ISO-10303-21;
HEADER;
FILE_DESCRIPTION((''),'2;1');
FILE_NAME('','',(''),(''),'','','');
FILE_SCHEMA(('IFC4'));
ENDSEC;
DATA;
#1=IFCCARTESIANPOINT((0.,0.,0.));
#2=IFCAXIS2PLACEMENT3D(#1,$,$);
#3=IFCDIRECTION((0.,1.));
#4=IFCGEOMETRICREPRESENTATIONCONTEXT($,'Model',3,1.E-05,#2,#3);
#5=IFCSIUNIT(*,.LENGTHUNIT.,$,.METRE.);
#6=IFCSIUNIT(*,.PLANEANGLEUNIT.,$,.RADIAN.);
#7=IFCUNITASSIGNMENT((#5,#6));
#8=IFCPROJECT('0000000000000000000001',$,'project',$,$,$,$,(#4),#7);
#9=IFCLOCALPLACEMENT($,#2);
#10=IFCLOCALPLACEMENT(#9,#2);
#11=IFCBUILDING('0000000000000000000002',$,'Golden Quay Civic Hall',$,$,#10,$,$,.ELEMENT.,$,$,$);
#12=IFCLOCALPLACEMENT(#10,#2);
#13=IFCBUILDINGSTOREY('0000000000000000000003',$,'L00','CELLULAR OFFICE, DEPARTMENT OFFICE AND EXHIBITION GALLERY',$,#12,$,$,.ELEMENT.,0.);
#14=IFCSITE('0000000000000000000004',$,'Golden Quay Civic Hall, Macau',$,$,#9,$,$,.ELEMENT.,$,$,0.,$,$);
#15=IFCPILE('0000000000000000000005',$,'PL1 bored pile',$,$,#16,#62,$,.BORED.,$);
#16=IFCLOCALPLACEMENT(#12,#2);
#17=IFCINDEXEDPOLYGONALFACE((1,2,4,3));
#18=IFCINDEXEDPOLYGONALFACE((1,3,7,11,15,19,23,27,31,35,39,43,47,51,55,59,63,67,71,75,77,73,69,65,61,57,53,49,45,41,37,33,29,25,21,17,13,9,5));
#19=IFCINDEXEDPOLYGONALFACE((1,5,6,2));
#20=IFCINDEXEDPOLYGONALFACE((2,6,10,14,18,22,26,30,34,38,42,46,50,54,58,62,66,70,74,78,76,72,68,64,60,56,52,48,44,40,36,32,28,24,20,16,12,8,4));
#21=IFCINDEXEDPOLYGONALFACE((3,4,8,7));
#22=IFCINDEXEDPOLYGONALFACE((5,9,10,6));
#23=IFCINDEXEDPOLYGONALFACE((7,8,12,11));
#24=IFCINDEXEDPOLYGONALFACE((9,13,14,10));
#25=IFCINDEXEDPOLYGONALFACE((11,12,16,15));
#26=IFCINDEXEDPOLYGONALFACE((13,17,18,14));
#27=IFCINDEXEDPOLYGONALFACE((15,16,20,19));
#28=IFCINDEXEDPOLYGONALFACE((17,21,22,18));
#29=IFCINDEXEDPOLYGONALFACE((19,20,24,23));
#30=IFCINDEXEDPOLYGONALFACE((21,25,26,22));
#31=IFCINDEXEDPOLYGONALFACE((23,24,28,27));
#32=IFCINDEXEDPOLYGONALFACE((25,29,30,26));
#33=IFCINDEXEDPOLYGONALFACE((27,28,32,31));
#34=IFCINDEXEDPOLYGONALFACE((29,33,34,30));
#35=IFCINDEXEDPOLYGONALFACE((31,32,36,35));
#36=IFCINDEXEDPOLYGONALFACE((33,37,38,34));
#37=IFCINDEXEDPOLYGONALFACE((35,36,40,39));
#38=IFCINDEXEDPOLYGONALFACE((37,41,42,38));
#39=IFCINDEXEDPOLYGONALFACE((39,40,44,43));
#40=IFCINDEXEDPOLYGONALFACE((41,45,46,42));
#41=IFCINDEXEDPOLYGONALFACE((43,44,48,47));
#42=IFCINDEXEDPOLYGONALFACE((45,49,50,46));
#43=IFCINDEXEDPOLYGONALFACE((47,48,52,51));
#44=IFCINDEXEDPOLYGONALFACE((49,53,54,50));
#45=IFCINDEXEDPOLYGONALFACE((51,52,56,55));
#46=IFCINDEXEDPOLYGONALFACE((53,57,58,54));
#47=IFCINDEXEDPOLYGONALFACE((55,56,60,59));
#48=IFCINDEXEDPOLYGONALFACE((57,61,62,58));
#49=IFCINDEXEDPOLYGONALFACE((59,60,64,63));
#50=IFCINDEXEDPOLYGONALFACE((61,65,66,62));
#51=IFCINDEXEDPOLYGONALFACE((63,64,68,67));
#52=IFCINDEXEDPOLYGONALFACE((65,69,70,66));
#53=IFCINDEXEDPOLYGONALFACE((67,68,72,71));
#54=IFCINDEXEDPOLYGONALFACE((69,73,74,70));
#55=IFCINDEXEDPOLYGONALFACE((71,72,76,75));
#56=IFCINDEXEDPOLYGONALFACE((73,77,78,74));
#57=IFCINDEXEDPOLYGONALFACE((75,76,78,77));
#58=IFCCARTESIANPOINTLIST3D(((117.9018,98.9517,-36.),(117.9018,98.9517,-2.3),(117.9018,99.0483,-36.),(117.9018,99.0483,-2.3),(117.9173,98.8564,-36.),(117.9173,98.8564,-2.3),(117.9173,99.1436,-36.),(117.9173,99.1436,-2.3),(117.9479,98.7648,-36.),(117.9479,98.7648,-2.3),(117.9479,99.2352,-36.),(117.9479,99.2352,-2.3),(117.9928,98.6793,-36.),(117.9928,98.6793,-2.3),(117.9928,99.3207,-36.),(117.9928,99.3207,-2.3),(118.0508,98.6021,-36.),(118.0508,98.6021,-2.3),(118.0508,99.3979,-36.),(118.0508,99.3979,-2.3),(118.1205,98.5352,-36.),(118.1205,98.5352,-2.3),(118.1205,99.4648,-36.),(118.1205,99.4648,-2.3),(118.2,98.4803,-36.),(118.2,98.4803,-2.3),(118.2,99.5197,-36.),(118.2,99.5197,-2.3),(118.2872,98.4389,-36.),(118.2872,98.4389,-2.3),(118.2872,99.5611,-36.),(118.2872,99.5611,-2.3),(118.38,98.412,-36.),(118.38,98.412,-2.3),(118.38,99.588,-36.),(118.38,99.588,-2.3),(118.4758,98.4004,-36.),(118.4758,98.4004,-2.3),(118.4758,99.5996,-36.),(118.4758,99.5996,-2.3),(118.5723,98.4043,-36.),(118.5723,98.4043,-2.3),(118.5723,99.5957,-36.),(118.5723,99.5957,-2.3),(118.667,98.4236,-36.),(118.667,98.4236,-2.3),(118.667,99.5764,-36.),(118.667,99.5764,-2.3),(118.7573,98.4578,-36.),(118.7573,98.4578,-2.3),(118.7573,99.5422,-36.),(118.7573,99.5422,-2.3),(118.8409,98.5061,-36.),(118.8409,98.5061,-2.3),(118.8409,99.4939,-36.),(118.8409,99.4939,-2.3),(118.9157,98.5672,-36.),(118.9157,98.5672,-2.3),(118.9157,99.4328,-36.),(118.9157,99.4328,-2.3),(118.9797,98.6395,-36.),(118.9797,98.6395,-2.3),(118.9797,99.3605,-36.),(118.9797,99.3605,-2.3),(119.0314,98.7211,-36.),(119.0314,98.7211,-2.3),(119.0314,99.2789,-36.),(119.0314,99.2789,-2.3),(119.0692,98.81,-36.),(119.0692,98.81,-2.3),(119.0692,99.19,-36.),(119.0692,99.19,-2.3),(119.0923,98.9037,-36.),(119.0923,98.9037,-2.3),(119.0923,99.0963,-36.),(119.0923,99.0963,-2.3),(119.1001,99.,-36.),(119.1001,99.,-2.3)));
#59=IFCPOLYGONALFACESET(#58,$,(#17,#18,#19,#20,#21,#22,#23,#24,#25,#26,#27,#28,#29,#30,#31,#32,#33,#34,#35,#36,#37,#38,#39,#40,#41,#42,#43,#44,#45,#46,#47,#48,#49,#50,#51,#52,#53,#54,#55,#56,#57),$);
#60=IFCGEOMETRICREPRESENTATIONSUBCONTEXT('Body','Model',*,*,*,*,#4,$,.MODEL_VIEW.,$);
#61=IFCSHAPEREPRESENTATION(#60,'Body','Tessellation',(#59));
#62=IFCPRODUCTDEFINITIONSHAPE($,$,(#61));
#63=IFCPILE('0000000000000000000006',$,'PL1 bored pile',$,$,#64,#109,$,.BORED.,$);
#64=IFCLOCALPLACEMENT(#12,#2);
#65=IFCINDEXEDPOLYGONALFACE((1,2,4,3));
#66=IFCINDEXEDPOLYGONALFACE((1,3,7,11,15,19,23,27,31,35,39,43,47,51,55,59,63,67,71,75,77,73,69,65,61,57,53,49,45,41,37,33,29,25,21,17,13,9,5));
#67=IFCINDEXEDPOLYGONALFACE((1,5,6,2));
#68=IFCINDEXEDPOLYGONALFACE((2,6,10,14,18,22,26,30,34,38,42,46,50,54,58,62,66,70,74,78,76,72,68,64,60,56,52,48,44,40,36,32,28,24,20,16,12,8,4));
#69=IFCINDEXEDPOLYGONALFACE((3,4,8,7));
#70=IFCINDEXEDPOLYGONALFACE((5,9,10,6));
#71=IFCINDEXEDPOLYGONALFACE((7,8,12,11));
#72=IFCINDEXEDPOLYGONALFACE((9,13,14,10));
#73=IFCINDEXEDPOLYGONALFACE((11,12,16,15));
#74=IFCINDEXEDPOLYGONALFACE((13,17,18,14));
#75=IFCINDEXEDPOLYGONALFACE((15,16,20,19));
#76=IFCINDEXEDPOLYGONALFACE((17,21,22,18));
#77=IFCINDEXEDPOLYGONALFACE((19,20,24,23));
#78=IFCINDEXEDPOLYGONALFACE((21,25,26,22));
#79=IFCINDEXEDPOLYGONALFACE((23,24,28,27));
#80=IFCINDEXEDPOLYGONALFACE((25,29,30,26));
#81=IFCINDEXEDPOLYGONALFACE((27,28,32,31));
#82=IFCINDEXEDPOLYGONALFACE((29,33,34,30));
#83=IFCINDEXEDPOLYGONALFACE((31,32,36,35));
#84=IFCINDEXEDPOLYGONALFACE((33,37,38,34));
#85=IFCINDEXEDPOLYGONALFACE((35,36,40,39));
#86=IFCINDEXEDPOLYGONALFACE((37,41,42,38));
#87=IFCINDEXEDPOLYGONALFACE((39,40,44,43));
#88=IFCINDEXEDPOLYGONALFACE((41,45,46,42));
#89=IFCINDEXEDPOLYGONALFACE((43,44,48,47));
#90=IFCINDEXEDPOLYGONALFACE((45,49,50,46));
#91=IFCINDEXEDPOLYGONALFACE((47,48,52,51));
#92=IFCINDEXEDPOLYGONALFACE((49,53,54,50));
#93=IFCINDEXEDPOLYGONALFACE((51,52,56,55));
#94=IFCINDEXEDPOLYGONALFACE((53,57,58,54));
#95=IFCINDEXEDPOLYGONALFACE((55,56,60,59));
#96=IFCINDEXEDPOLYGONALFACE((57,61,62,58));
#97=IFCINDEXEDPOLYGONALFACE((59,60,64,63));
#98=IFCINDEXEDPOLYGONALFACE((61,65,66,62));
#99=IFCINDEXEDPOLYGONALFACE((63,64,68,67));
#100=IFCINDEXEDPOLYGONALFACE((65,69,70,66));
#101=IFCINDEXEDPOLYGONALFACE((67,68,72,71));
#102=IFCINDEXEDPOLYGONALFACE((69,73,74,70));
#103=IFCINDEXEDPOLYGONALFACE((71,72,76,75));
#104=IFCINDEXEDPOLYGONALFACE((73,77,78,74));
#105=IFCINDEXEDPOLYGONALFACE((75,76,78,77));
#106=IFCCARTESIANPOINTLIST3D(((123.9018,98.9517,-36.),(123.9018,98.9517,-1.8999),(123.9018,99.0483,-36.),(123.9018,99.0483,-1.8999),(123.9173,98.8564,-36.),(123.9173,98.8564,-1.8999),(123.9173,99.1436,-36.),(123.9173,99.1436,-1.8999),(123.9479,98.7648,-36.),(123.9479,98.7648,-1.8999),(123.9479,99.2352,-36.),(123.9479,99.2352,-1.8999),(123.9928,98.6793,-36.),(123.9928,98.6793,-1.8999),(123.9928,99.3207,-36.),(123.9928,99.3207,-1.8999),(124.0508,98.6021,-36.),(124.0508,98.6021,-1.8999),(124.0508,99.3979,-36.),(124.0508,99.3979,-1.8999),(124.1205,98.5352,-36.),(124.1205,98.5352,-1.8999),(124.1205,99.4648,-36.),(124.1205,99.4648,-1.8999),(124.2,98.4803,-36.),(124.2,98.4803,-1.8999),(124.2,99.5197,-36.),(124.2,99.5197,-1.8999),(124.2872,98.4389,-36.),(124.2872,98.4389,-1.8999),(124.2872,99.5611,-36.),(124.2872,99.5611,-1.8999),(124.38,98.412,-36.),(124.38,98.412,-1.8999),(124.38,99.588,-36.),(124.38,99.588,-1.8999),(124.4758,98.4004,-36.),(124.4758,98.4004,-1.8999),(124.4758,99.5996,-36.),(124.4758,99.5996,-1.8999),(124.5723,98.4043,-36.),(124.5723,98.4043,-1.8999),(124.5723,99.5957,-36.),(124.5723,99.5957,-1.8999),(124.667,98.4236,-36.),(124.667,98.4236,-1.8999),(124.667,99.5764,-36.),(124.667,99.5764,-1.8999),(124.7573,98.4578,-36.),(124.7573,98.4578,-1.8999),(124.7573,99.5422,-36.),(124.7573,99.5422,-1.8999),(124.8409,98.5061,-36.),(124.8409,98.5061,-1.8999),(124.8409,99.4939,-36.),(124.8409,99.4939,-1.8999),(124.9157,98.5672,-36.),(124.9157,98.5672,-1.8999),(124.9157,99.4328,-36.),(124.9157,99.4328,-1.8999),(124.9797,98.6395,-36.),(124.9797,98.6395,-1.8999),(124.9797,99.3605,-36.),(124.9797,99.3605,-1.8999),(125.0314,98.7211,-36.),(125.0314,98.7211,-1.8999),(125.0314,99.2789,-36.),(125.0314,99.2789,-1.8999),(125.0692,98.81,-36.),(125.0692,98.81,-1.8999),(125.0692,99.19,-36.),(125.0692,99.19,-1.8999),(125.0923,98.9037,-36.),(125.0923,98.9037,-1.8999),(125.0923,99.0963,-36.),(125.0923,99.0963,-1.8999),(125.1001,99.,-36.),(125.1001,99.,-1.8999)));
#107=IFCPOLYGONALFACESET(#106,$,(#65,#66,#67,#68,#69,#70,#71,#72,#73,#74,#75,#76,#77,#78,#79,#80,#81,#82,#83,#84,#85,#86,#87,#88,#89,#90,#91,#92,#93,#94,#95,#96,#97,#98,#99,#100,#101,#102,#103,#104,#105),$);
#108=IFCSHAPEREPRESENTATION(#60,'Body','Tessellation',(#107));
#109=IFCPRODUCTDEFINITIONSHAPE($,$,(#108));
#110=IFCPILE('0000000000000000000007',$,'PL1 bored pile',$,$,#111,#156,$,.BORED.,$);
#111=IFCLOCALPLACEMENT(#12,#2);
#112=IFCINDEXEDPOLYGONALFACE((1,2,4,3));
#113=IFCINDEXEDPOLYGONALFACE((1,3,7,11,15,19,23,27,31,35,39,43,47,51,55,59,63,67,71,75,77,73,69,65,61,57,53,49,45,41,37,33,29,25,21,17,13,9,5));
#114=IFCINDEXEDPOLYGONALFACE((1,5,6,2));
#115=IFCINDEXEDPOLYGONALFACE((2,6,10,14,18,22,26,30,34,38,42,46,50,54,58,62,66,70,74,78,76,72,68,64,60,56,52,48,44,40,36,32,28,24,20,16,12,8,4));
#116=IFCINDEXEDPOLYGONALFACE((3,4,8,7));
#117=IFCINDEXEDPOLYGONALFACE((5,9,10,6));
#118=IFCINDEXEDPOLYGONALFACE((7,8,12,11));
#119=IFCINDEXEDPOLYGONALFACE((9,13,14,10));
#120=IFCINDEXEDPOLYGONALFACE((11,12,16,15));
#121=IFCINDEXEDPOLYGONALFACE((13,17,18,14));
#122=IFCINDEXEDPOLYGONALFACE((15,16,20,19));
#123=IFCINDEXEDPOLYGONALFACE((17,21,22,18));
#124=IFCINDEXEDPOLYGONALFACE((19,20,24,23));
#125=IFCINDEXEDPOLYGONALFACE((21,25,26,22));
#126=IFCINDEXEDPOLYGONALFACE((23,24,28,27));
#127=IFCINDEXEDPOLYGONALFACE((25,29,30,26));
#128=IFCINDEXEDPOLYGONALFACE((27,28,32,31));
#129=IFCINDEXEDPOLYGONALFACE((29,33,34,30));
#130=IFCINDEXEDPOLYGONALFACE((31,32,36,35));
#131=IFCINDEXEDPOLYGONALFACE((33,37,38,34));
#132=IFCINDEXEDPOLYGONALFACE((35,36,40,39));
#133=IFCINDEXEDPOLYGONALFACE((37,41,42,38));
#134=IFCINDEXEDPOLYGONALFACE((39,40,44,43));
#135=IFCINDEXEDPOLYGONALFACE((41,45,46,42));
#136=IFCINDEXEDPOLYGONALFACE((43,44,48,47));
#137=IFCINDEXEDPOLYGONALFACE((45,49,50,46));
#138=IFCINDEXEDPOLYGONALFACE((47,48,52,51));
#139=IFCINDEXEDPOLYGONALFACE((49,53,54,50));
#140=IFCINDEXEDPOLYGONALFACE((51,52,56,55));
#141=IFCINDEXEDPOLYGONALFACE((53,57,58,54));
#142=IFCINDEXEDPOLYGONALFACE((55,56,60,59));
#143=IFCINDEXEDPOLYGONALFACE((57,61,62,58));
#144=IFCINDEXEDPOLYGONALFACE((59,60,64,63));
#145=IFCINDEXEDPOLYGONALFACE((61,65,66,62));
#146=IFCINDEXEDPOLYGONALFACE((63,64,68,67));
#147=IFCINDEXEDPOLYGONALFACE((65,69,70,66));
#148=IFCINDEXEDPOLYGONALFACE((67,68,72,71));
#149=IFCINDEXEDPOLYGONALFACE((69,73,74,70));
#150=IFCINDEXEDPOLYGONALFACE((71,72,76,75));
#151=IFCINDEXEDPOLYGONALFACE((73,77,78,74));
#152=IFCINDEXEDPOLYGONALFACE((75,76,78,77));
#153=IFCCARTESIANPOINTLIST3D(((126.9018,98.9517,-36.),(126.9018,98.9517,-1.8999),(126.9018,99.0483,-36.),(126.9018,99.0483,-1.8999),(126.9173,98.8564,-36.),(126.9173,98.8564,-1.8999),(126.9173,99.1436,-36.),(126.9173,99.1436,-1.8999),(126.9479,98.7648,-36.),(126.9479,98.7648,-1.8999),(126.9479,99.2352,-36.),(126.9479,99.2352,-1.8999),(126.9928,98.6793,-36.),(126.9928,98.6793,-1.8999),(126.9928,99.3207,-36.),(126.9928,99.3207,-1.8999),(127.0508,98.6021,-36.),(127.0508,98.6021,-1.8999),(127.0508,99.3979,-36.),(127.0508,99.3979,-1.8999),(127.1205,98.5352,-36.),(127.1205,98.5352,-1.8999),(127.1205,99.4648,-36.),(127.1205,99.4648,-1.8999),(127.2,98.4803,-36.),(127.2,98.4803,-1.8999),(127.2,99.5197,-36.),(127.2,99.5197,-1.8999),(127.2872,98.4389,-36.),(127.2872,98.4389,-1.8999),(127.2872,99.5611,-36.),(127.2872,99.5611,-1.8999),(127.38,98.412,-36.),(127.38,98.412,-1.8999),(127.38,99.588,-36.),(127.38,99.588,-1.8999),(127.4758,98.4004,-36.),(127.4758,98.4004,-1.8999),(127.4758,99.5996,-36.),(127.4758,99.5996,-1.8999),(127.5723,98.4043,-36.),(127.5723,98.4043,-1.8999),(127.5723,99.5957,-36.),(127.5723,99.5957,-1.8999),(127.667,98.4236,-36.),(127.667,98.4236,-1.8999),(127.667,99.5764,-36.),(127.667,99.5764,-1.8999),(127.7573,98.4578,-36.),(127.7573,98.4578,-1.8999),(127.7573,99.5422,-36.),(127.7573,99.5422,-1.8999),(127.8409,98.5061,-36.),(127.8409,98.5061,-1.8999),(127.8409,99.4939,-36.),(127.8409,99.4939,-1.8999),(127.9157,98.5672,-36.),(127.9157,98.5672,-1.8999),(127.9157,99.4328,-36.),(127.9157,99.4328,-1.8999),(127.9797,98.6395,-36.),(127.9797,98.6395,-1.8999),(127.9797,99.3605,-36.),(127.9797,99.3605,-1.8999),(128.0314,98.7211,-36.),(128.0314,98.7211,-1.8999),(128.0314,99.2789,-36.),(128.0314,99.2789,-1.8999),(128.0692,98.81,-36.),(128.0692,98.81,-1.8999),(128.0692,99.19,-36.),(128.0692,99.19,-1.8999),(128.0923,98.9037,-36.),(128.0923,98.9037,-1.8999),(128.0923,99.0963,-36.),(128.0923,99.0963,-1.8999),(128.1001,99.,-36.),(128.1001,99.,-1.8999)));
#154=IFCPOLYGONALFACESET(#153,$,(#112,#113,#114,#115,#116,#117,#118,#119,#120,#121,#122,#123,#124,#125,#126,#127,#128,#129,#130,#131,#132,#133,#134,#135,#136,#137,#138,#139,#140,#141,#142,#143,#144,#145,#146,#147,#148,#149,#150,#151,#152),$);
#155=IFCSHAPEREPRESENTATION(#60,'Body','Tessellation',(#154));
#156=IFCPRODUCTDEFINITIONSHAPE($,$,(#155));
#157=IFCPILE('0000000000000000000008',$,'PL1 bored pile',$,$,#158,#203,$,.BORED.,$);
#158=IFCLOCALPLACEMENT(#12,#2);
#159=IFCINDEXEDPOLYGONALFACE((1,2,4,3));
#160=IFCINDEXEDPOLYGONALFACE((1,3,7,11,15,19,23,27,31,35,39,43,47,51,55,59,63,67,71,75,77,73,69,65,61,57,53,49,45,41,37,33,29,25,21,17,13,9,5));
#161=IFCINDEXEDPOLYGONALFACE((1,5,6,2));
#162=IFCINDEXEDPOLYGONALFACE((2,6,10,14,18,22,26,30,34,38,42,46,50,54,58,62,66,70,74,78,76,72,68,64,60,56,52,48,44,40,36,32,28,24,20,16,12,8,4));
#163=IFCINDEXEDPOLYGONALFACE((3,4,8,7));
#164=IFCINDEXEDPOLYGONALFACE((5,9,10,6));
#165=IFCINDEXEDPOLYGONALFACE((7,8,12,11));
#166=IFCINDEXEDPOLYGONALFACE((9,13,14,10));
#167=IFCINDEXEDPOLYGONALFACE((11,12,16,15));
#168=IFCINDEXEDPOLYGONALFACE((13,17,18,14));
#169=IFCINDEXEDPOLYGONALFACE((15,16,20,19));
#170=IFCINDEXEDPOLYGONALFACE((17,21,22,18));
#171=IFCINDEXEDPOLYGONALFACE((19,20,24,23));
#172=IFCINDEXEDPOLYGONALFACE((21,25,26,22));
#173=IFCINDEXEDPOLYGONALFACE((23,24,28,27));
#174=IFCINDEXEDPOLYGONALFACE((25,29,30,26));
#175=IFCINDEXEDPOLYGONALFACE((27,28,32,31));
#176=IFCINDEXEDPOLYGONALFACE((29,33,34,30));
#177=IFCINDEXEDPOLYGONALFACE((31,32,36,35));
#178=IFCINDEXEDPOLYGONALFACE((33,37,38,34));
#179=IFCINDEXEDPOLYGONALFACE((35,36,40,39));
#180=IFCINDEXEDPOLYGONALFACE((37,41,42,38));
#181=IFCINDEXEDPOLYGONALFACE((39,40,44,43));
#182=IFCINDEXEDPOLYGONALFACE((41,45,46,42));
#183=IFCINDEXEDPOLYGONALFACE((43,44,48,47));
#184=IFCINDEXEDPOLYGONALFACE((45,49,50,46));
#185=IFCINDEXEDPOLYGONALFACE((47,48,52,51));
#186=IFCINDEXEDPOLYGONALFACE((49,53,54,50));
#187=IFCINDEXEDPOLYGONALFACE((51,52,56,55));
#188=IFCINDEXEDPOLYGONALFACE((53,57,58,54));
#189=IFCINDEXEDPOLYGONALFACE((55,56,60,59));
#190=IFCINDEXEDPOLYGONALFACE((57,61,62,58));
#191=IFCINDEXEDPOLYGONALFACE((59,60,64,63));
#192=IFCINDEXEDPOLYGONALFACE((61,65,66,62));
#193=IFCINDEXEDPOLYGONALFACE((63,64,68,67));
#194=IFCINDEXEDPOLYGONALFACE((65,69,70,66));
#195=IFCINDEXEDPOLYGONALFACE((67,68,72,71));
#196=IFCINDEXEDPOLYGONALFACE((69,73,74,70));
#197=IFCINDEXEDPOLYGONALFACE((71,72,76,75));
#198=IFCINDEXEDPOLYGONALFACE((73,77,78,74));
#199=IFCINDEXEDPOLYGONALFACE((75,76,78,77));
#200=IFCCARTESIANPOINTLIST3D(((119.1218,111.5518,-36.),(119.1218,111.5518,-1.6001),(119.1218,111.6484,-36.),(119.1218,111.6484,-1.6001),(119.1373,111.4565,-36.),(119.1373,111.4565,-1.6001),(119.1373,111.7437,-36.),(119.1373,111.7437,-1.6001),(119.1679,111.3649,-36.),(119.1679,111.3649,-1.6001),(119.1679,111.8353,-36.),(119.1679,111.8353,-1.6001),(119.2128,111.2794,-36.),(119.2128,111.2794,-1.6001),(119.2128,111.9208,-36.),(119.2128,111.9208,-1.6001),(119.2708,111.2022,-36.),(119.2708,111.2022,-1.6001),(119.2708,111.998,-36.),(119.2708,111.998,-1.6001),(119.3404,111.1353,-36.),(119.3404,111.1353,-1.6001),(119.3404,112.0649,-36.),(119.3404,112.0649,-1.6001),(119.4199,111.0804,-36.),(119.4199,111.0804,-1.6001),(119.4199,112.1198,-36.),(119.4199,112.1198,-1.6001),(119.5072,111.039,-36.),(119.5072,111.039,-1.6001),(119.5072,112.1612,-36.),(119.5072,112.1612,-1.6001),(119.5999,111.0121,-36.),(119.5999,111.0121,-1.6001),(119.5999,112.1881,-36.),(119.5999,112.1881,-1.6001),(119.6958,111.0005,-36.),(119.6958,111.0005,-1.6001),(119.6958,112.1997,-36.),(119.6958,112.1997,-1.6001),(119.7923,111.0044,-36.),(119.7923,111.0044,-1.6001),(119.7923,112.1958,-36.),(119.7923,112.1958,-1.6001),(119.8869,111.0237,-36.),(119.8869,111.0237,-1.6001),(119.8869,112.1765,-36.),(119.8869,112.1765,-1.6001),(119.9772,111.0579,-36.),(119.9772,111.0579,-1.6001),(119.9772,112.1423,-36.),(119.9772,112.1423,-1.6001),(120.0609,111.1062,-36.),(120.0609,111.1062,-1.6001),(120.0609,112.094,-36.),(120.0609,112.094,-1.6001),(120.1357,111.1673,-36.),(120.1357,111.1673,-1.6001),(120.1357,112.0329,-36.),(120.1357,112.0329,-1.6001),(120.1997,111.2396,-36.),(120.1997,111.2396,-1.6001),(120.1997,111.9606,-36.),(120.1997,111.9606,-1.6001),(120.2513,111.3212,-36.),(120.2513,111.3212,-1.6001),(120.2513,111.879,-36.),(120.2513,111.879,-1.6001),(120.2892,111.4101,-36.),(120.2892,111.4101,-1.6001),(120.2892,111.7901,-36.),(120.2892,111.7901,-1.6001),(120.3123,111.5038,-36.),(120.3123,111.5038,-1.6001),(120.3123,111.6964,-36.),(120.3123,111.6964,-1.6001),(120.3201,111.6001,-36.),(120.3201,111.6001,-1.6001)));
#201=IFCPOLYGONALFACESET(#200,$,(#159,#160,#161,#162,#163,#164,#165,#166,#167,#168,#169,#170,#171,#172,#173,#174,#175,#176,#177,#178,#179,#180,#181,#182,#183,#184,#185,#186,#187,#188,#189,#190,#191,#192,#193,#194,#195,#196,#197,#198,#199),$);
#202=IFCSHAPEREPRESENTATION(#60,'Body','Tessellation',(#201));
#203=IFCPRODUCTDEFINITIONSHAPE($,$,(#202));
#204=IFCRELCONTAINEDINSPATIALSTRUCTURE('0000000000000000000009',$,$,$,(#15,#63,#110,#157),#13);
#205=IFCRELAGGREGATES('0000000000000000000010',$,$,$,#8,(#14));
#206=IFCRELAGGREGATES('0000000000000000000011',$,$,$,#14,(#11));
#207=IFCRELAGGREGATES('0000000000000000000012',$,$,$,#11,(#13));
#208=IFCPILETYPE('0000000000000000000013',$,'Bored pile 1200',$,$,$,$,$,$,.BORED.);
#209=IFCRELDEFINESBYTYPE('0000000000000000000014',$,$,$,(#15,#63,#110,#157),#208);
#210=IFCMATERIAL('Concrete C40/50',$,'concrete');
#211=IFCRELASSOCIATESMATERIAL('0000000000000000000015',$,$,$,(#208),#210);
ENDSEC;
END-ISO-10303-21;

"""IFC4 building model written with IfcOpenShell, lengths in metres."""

from ifc_helpers import new_model, si_unit, direction, frame, origin, origin_2d, place, context, subcontext, project, spatial, circle, extrude, material, material_profile, profile_set, type_object, element, save


model = new_model("IFC4")

# Units and contexts
model_context = context("Model", 3, precision=1e-05, world=origin(), true_north=direction((0.0, 1.0)))
body_context = subcontext(model_context, "Body", "Model", "MODEL_VIEW")
ifc_project = project(units=[si_unit("LENGTHUNIT", "METRE"), si_unit("PLANEANGLEUNIT", "RADIAN")], contexts=[model_context])

# Site, building, storey
site_placement = place(None, origin())
site = spatial("IfcSite", under=ifc_project, at=site_placement, Name="Golden Quay Civic Hall, Macau", CompositionType="ELEMENT", RefElevation=0.0)
building_placement = place(site_placement, origin())
building = spatial("IfcBuilding", under=site, at=building_placement, Name="Golden Quay Civic Hall", CompositionType="ELEMENT")
storey_placement = place(building_placement, origin())
storey = spatial("IfcBuildingStorey", under=building, at=storey_placement, Name="L00", Description="CELLULAR OFFICE, DEPARTMENT OFFICE AND EXHIBITION GALLERY", CompositionType="ELEMENT", Elevation=0.0)

# Piles
ifc_material_1 = material(Name="Concrete C40/50", Category="concrete")
ifc_material_profile_1 = material_profile(ifc_material_1, circle(Radius=0.6001, at=origin_2d()), Name="RC D1200")
ifc_profile_set_1 = profile_set([ifc_material_profile_1], Name="Concrete C40/50")
pile_type = type_object("IfcPileType", Name="Bored pile 1200", PredefinedType="BORED", material=ifc_profile_set_1)
pile_placement = place(storey_placement, frame((118.5, 99.0, -2.3), z_axis=(0.0, 0.0, -1.0), x_axis=(1.0, 0.0, 0.0)))
element("IfcPile", 1, at=pile_placement, inside=storey, type_object=pile_type, Name="PL1 bored pile", PredefinedType="BORED", context=body_context, shape_type="SweptSolid", body=[
    extrude(circle(Radius=0.6001, at=origin_2d()), origin(), (0.0, 0.0, 1.0), 33.7),
])
for number, where, z_axis, x_axis, name in (
    (2, (124.5, 99.0, -1.8999), (0.0, 0.0, -1.0), (1.0, 0.0, 0.0), "PL1 bored pile"),
    (3, (127.5, 99.0, -1.8999), (0.0, 0.0, -1.0), (1.0, 0.0, 0.0), "PL1 bored pile"),
):
    element("IfcPile", number, at=place(storey_placement, frame(where, z_axis=z_axis, x_axis=x_axis)), inside=storey, type_object=pile_type, Name=name, PredefinedType="BORED", context=body_context, shape_type="SweptSolid", body=[
        extrude(circle(Radius=0.6001, at=origin_2d()), origin(), (0.0, 0.0, 1.0), 34.1001),
    ])
for number, where, z_axis, x_axis, name in (
    (4, (119.72, 111.6001, -1.6001), (0.0, 0.0, -1.0), (1.0, 0.0, 0.0), "PL1 bored pile"),
):
    element("IfcPile", number, at=place(storey_placement, frame(where, z_axis=z_axis, x_axis=x_axis)), inside=storey, type_object=pile_type, Name=name, PredefinedType="BORED", context=body_context, shape_type="SweptSolid", body=[
        extrude(circle(Radius=0.6001, at=origin_2d()), origin(), (0.0, 0.0, 1.0), 34.3999),
    ])

save(model, "model.ifc")
